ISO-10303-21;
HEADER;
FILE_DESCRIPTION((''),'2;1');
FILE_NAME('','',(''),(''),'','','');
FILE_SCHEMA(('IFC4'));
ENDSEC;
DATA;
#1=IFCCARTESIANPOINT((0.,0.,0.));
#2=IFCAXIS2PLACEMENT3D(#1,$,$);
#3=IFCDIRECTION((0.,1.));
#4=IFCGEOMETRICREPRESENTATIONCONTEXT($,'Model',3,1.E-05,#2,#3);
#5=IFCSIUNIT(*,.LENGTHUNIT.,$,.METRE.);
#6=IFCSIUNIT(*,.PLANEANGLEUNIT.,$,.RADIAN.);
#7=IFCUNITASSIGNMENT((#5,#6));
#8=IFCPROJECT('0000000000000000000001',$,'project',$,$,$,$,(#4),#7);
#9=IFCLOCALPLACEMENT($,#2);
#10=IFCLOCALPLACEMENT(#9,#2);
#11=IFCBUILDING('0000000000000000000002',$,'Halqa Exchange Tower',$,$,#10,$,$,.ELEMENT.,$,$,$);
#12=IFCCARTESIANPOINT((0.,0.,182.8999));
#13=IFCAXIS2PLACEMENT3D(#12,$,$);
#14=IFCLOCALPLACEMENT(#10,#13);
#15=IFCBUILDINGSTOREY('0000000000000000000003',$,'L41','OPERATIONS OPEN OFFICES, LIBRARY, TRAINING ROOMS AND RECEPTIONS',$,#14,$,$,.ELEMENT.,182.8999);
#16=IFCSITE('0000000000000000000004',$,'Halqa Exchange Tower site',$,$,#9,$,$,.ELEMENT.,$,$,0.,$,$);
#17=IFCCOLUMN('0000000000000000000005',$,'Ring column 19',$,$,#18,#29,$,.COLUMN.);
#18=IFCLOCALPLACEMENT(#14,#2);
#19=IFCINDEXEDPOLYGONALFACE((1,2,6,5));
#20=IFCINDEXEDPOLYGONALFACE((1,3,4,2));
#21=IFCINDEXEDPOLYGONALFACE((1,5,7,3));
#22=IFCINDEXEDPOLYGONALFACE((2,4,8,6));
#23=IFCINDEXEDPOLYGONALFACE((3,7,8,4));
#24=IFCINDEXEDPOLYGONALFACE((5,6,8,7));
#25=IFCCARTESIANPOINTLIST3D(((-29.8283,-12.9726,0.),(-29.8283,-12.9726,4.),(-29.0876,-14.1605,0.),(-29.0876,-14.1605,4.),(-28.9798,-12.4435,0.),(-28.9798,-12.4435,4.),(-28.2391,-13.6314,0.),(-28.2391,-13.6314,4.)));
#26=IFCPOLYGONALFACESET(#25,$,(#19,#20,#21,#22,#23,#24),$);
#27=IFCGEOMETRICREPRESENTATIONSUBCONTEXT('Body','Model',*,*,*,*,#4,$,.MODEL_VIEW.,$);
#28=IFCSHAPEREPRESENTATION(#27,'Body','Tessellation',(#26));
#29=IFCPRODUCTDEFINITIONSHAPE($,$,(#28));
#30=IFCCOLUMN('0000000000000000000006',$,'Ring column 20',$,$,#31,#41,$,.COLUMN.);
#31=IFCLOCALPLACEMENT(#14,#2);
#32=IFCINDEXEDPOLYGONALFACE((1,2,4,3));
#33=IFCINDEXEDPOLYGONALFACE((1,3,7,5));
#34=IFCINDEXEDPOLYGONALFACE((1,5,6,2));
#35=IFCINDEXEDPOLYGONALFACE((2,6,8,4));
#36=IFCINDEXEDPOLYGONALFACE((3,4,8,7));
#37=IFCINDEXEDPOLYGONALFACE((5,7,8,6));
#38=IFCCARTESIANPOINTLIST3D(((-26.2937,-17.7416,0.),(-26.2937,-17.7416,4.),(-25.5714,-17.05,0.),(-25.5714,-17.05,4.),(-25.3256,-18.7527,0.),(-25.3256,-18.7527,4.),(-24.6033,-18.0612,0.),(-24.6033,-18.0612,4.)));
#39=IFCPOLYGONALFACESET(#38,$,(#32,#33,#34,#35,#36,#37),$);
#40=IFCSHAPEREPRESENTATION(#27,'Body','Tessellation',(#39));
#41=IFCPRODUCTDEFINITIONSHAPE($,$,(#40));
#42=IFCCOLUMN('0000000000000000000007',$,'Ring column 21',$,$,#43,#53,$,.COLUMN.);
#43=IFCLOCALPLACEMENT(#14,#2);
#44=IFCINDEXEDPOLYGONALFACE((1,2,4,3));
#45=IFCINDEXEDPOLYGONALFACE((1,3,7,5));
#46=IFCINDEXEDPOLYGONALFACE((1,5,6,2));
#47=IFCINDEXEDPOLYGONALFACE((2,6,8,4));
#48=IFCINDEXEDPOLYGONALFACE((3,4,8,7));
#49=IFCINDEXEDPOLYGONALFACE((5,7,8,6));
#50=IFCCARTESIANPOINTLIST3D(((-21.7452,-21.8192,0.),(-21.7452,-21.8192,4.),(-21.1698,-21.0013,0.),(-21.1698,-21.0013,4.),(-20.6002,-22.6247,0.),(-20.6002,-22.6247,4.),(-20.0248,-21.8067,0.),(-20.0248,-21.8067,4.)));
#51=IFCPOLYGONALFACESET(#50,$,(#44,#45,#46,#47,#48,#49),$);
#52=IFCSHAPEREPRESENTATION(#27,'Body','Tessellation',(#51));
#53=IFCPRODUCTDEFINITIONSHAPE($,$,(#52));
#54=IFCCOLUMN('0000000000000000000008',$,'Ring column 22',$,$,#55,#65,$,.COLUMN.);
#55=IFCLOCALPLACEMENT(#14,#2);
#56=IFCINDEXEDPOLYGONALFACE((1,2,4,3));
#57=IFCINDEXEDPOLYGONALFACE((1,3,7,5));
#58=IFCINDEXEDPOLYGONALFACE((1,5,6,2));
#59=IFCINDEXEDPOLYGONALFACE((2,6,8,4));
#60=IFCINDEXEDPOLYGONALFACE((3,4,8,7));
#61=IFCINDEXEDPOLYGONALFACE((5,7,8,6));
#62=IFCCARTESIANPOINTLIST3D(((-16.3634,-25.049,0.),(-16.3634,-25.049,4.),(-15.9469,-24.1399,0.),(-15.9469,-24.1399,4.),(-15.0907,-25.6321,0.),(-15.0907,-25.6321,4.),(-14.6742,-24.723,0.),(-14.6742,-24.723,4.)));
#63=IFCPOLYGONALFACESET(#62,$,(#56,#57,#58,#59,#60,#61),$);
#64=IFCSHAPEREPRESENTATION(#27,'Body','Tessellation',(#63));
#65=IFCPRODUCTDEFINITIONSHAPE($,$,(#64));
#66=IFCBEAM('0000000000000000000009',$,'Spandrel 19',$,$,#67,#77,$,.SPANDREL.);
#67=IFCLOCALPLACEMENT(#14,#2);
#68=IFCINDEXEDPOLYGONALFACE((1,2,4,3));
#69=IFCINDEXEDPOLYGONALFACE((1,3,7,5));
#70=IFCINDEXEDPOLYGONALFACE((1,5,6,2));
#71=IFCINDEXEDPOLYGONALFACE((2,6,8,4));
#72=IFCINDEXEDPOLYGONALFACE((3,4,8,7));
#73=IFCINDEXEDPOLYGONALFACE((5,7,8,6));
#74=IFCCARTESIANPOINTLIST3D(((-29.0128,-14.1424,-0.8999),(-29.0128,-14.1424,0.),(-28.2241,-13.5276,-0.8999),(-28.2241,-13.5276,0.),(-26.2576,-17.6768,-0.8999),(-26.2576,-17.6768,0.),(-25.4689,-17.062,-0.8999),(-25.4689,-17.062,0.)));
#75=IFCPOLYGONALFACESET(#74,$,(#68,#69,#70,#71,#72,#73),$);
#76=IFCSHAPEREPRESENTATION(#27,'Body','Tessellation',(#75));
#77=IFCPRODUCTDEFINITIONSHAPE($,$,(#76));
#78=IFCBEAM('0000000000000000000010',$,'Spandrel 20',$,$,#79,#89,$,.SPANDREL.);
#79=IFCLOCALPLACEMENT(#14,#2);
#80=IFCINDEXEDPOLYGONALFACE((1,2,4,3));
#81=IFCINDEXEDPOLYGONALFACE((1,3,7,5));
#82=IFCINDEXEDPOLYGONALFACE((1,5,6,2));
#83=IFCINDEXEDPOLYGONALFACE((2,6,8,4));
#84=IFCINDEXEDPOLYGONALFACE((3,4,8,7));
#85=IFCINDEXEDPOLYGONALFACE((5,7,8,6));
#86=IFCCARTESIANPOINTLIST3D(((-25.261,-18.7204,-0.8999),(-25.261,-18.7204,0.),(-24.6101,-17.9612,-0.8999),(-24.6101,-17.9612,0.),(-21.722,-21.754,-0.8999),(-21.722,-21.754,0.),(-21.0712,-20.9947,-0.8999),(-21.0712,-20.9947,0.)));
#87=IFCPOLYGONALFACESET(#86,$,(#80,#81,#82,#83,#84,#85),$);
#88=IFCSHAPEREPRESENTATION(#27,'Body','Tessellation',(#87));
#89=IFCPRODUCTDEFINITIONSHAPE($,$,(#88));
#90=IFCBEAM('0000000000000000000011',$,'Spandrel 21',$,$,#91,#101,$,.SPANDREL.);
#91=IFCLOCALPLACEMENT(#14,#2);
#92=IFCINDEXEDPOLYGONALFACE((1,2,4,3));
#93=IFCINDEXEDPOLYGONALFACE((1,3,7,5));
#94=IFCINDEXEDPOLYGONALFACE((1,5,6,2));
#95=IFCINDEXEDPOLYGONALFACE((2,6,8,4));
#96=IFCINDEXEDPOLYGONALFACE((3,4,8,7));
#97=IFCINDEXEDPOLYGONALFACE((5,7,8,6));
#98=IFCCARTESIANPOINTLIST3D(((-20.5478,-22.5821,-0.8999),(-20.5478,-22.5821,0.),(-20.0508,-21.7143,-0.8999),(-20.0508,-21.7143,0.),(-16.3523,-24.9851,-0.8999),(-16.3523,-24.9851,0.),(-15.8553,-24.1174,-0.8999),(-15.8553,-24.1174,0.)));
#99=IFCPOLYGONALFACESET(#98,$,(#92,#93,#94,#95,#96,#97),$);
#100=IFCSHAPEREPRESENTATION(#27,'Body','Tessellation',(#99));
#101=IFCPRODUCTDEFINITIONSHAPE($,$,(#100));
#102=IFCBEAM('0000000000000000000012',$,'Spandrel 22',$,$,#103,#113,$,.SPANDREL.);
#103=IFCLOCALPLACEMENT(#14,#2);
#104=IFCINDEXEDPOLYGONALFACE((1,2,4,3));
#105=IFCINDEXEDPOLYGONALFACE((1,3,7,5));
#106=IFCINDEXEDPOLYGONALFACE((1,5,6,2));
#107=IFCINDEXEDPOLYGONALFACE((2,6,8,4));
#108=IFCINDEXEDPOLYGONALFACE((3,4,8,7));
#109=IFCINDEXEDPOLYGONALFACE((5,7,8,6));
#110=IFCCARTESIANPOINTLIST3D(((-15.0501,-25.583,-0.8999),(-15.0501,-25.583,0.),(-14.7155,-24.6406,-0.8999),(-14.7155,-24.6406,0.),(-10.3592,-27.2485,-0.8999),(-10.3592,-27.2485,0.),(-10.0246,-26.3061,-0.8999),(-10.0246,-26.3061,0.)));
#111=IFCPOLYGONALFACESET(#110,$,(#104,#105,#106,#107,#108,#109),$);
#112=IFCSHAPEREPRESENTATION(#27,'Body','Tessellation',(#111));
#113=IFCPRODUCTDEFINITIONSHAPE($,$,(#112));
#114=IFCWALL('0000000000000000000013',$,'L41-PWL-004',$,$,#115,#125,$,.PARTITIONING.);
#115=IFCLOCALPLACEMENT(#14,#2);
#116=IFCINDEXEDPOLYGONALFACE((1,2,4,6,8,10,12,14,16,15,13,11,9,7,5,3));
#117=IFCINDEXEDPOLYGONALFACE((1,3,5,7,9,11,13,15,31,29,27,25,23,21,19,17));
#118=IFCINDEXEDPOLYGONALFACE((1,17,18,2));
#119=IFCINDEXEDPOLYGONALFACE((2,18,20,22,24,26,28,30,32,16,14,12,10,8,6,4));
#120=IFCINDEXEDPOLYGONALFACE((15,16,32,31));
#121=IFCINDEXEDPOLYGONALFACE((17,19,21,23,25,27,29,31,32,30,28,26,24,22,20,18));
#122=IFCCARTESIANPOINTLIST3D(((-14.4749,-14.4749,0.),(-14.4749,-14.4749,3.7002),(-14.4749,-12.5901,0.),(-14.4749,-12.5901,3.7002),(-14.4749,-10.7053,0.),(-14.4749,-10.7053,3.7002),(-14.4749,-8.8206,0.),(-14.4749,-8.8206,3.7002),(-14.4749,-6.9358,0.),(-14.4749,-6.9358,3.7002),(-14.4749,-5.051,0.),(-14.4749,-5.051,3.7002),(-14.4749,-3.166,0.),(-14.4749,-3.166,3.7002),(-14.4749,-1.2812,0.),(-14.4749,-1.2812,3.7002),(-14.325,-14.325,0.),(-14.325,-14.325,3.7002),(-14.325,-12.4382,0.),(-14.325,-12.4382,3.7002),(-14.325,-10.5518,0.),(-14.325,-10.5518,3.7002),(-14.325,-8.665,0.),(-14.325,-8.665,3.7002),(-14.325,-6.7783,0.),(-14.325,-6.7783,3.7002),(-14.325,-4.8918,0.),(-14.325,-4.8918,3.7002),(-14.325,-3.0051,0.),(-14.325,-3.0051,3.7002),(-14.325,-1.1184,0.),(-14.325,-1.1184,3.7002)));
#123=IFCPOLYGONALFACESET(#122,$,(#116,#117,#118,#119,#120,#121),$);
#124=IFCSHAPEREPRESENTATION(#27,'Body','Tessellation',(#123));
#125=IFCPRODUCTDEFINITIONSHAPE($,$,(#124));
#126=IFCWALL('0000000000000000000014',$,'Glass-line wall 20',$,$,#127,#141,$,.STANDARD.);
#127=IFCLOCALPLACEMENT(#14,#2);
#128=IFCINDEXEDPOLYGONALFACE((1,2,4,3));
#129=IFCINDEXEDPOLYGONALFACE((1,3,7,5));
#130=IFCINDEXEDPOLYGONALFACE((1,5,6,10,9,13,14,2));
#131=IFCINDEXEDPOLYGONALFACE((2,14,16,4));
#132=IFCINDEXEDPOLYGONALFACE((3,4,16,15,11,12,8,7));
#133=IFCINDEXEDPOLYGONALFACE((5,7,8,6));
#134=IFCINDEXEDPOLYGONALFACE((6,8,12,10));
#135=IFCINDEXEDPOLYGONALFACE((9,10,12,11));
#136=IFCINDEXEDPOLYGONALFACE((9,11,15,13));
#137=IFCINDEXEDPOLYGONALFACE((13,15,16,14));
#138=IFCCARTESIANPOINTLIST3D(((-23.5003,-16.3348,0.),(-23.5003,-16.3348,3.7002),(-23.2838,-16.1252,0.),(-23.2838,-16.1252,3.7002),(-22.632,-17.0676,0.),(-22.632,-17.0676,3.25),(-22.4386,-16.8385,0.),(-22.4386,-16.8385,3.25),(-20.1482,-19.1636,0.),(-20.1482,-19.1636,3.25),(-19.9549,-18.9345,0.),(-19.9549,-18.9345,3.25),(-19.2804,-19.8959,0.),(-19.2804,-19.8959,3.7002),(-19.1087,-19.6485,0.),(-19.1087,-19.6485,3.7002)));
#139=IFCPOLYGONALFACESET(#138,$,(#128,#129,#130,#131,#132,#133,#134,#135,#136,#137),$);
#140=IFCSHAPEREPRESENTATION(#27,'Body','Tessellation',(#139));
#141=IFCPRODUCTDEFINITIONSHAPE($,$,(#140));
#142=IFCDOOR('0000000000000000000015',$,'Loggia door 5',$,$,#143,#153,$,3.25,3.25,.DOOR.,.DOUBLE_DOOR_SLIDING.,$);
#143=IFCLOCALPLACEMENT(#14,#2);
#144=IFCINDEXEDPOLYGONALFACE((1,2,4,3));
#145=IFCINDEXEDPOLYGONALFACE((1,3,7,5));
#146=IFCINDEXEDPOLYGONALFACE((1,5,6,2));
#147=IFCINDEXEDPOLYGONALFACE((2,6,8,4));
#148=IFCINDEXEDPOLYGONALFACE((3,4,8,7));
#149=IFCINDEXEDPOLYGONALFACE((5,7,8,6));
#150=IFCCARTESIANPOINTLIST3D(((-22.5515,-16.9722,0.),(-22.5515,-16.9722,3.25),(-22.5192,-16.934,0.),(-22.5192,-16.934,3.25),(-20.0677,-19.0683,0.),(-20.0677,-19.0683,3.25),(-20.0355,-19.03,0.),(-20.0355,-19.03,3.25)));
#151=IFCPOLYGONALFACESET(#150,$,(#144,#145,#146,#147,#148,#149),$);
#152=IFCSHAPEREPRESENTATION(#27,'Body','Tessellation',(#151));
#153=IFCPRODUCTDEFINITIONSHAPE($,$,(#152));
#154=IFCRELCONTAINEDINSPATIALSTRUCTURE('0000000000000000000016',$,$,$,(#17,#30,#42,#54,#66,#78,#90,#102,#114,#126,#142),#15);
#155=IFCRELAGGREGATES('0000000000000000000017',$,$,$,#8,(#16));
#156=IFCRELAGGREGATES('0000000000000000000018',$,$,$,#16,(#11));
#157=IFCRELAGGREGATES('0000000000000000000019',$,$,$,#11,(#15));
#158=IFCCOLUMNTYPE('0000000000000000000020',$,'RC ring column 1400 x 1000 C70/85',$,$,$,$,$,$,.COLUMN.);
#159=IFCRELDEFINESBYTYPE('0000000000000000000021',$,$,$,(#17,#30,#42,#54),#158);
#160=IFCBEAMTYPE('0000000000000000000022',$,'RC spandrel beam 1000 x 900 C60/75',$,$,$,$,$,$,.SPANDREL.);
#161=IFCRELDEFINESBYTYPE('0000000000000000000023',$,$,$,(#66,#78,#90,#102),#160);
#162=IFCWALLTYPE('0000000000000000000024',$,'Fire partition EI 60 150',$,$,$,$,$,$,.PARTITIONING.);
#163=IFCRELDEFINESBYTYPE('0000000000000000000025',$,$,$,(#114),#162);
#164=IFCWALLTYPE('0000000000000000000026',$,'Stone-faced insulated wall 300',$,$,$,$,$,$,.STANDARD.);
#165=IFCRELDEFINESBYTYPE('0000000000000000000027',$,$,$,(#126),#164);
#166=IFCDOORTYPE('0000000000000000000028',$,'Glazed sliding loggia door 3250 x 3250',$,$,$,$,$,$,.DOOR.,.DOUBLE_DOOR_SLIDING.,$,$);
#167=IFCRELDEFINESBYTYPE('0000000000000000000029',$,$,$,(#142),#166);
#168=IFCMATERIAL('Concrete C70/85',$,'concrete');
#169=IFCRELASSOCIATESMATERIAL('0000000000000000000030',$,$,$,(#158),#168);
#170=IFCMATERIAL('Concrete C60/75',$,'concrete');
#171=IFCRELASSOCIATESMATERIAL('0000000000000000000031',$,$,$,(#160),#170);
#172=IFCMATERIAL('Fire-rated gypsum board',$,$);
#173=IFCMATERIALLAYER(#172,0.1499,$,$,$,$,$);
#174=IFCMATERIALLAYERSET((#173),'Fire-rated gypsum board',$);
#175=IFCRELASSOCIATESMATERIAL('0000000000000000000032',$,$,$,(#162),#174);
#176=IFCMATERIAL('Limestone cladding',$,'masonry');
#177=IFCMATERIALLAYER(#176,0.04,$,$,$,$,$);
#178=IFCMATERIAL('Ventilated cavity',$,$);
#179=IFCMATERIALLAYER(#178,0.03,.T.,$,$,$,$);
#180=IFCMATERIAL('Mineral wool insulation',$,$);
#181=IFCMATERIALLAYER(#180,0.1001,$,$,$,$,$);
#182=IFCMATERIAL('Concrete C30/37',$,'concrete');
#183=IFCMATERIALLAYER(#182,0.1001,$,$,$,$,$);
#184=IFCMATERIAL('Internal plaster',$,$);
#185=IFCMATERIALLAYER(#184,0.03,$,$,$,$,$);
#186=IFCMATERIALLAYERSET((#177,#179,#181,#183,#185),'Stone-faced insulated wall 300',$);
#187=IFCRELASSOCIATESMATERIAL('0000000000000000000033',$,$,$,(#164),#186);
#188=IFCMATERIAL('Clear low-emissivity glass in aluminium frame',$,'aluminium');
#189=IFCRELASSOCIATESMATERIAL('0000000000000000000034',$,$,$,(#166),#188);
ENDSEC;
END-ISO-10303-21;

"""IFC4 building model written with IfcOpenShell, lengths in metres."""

from ifc_helpers import new_model, si_unit, direction, frame, frame_2d, origin, origin_2d, place, context, subcontext, project, spatial, polyline, rectangle, outline, extrude, material, layer, layer_set, material_profile, profile_set, type_object, element, fill, save


model = new_model("IFC4")

# Units and contexts
model_context = context("Model", 3, precision=1e-05, world=origin(), true_north=direction((0.0, 1.0)))
body_context = subcontext(model_context, "Body", "Model", "MODEL_VIEW")
ifc_project = project(units=[si_unit("LENGTHUNIT", "METRE"), si_unit("PLANEANGLEUNIT", "RADIAN")], contexts=[model_context])

# Site, building, storey
site_placement = place(None, origin())
site = spatial("IfcSite", under=ifc_project, at=site_placement, Name="Halqa Exchange Tower site", CompositionType="ELEMENT", RefElevation=0.0)
building_placement = place(site_placement, origin())
building = spatial("IfcBuilding", under=site, at=building_placement, Name="Halqa Exchange Tower", CompositionType="ELEMENT")
storey_placement = place(building_placement, frame((0.0, 0.0, 182.8999)))
storey = spatial("IfcBuildingStorey", under=building, at=storey_placement, Name="L41", Description="OPERATIONS OPEN OFFICES, LIBRARY, TRAINING ROOMS AND RECEPTIONS", CompositionType="ELEMENT", Elevation=182.8999)

# Columns
ifc_material_1 = material(Name="Concrete C70/85", Category="concrete")
ifc_material_profile_1 = material_profile(ifc_material_1, rectangle(XDim=1.3999, YDim=1.0, at=origin_2d()), Name="1400 x 1000")
ifc_profile_set_1 = profile_set([ifc_material_profile_1], Name="Concrete C70/85")
column_type = type_object("IfcColumnType", Name="RC ring column 1400 x 1000 C70/85", PredefinedType="COLUMN", material=ifc_profile_set_1)
for number, where, z_axis, x_axis, name in (
    (1, (-29.0337, -13.302, 0.0), (0.0, 0.0, 1.0), (0.529138, -0.848536, 0.0), "Ring column 19"),
    (2, (-25.4485, -17.9014, 0.0), (0.0, 0.0, 1.0), (0.691575, -0.722305, 0.0), "Ring column 20"),
    (3, (-20.885, -21.813, 0.0), (0.0, 0.0, 1.0), (0.817912, -0.575344, 0.0), "Ring column 21"),
    (4, (-15.5188, -24.886, 0.0), (0.0, 0.0, 1.0), (0.909128, -0.416517, 0.0), "Ring column 22"),
):
    element("IfcColumn", number, at=place(storey_placement, frame(where, z_axis=z_axis, x_axis=x_axis)), inside=storey, type_object=column_type, Name=name, PredefinedType="COLUMN", context=body_context, shape_type="SweptSolid", body=[
        extrude(rectangle(XDim=1.3999, YDim=1.0, at=origin_2d()), origin(), (0.0, 0.0, 1.0), 4.0),
    ])

# Beams
ifc_material_2 = material(Name="Concrete C60/75", Category="concrete")
ifc_material_profile_2 = material_profile(ifc_material_2, rectangle(XDim=1.0, YDim=0.8999, at=origin_2d()), Name="1000 x 900")
ifc_profile_set_2 = profile_set([ifc_material_profile_2], Name="Concrete C60/75")
beam_type = type_object("IfcBeamType", Name="RC spandrel beam 1000 x 900 C60/75", PredefinedType="SPANDREL", material=ifc_profile_set_2)
beam_1_placement = place(storey_placement, frame((-28.6184, -13.835, -0.45), z_axis=(0.614793, -0.788689, 0.0), x_axis=(0.788689, 0.614793, 0.0)))
element("IfcBeam", 5, at=beam_1_placement, inside=storey, type_object=beam_type, Name="Spandrel 19", PredefinedType="SPANDREL", context=body_context, shape_type="SweptSolid", body=[
    extrude(rectangle(XDim=1.0, YDim=0.8999, at=origin_2d()), origin(), (0.0, 0.0, 1.0), 4.4814),
])
beam_2_placement = place(storey_placement, frame((-24.9355, -18.3408, -0.45), z_axis=(0.759238, -0.650813, 0.0), x_axis=(0.650813, 0.759238, 0.0)))
element("IfcBeam", 6, at=beam_2_placement, inside=storey, type_object=beam_type, Name="Spandrel 20", PredefinedType="SPANDREL", context=body_context, shape_type="SweptSolid", body=[
    extrude(rectangle(XDim=1.0, YDim=0.8999, at=origin_2d()), origin(), (0.0, 0.0, 1.0), 4.6611),
])
beam_3_placement = place(storey_placement, frame((-20.2993, -22.1482, -0.45), z_axis=(0.867742, -0.497014, 0.0), x_axis=(0.497014, 0.867742, 0.0)))
element("IfcBeam", 7, at=beam_3_placement, inside=storey, type_object=beam_type, Name="Spandrel 21", PredefinedType="SPANDREL", context=body_context, shape_type="SweptSolid", body=[
    extrude(rectangle(XDim=1.0, YDim=0.8999, at=origin_2d()), origin(), (0.0, 0.0, 1.0), 4.835),
])
beam_4_placement = place(storey_placement, frame((-14.8828, -25.1118, -0.45), z_axis=(0.942364, -0.33459, 0.0), x_axis=(0.33459, 0.942364, 0.0)))
element("IfcBeam", 8, at=beam_4_placement, inside=storey, type_object=beam_type, Name="Spandrel 22", PredefinedType="SPANDREL", context=body_context, shape_type="SweptSolid", body=[
    extrude(rectangle(XDim=1.0, YDim=0.8999, at=origin_2d()), origin(), (0.0, 0.0, 1.0), 4.9778),
])

# Wall
ifc_material_3 = material(Name="Fire-rated gypsum board")
ifc_layer_1 = layer(ifc_material_3, 0.1499)
ifc_layer_set_1 = layer_set([ifc_layer_1], Name="Fire-rated gypsum board")
wall_type_1 = type_object("IfcWallType", Name="Fire partition EI 60 150", PredefinedType="PARTITIONING", material=ifc_layer_set_1)
wall_1_placement = place(storey_placement, frame((-14.3999, -14.4751, 0.0), z_axis=(0.0, 0.0, 1.0), x_axis=(0.0, 1.0, 0.0)))
element("IfcWall", 9, at=wall_1_placement, inside=storey, type_object=wall_type_1, Name="L41-PWL-004", PredefinedType="PARTITIONING", context=body_context, shape_type="SweptSolid", body=[
    extrude(outline(polyline([(0.1501, -0.075), (2.0369, -0.075), (3.9233, -0.075), (5.8101, -0.075), (7.6968, -0.075), (9.5833, -0.075), (11.47, -0.075), (13.3567, -0.075), (13.1938, 0.075), (11.3091, 0.075), (9.4241, 0.075), (7.5393, 0.075), (5.6545, 0.075), (3.7698, 0.075), (1.885, 0.075), (0.0002, 0.075), (0.1501, -0.075)])), origin(), (0.0, 0.0, 1.0), 3.7002),
])

# Wall, opening, door
ifc_material_4 = material(Name="Limestone cladding", Category="masonry")
ifc_layer_2 = layer(ifc_material_4, 0.04)
ifc_material_5 = material(Name="Ventilated cavity")
ifc_layer_3 = layer(ifc_material_5, 0.03, ventilated=True)
ifc_material_6 = material(Name="Mineral wool insulation")
ifc_layer_4 = layer(ifc_material_6, 0.1001)
ifc_material_7 = material(Name="Concrete C30/37", Category="concrete")
ifc_layer_5 = layer(ifc_material_7, 0.1001)
ifc_material_8 = material(Name="Internal plaster")
ifc_layer_6 = layer(ifc_material_8, 0.03)
ifc_layer_set_2 = layer_set([ifc_layer_2, ifc_layer_3, ifc_layer_4, ifc_layer_5, ifc_layer_6], Name="Stone-faced insulated wall 300")
wall_type_2 = type_object("IfcWallType", Name="Stone-faced insulated wall 300", PredefinedType="STANDARD", material=ifc_layer_set_2)
wall_2_placement = place(storey_placement, frame((-23.3921, -16.23, 0.0), z_axis=(0.0, 0.0, 1.0), x_axis=(0.764239, -0.644933, 0.0)))
wall_2 = element("IfcWall", 10, at=wall_2_placement, inside=storey, type_object=wall_type_2, Name="Glass-line wall 20", PredefinedType="STANDARD", context=body_context, shape_type="SweptSolid", body=[
    extrude(outline(polyline([(-0.0151, -0.1499), (5.5066, -0.1499), (5.4783, 0.1499), (0.0151, 0.1499), (-0.0151, -0.1499)])), origin(), (0.0, 0.0, 1.0), 3.7002),
])
opening_1_placement = place(wall_2_placement, frame((1.1211, 0.0, 0.0)))
opening_1 = element("IfcOpeningElement", 11, at=opening_1_placement, cuts=wall_2, PredefinedType="OPENING", context=body_context, shape_type="SweptSolid", body=[
    extrude(rectangle(XDim=3.25, YDim=3.25, at=frame_2d((1.625, 1.625))), frame((0.0, 0.1621, 0.0), z_axis=(0.0, -1.0, 0.0), x_axis=(1.0, 0.0, 0.0)), (0.0, 0.0, 1.0), 0.324),
])
ifc_material_9 = material(Name="Clear low-emissivity glass in aluminium frame", Category="aluminium")
door_type = type_object("IfcDoorType", Name="Glazed sliding loggia door 3250 x 3250", OperationType="DOUBLE_DOOR_SLIDING", PredefinedType="DOOR", material=ifc_material_9)
door_placement = place(opening_1_placement, origin())
door = element("IfcDoor", 12, at=door_placement, inside=storey, type_object=door_type, Name="Loggia door 5", OperationType="DOUBLE_DOOR_SLIDING", OverallHeight=3.25, OverallWidth=3.25, PredefinedType="DOOR", context=body_context, shape_type="SweptSolid", body=[
    extrude(rectangle(XDim=3.25, YDim=3.25, at=frame_2d((1.625, 1.625))), frame((0.0, 0.0249, 0.0), z_axis=(0.0, -1.0, 0.0), x_axis=(1.0, 0.0, 0.0)), (0.0, 0.0, 1.0), 0.05),
])
fill(opening_1, door)

save(model, "model.ifc")
